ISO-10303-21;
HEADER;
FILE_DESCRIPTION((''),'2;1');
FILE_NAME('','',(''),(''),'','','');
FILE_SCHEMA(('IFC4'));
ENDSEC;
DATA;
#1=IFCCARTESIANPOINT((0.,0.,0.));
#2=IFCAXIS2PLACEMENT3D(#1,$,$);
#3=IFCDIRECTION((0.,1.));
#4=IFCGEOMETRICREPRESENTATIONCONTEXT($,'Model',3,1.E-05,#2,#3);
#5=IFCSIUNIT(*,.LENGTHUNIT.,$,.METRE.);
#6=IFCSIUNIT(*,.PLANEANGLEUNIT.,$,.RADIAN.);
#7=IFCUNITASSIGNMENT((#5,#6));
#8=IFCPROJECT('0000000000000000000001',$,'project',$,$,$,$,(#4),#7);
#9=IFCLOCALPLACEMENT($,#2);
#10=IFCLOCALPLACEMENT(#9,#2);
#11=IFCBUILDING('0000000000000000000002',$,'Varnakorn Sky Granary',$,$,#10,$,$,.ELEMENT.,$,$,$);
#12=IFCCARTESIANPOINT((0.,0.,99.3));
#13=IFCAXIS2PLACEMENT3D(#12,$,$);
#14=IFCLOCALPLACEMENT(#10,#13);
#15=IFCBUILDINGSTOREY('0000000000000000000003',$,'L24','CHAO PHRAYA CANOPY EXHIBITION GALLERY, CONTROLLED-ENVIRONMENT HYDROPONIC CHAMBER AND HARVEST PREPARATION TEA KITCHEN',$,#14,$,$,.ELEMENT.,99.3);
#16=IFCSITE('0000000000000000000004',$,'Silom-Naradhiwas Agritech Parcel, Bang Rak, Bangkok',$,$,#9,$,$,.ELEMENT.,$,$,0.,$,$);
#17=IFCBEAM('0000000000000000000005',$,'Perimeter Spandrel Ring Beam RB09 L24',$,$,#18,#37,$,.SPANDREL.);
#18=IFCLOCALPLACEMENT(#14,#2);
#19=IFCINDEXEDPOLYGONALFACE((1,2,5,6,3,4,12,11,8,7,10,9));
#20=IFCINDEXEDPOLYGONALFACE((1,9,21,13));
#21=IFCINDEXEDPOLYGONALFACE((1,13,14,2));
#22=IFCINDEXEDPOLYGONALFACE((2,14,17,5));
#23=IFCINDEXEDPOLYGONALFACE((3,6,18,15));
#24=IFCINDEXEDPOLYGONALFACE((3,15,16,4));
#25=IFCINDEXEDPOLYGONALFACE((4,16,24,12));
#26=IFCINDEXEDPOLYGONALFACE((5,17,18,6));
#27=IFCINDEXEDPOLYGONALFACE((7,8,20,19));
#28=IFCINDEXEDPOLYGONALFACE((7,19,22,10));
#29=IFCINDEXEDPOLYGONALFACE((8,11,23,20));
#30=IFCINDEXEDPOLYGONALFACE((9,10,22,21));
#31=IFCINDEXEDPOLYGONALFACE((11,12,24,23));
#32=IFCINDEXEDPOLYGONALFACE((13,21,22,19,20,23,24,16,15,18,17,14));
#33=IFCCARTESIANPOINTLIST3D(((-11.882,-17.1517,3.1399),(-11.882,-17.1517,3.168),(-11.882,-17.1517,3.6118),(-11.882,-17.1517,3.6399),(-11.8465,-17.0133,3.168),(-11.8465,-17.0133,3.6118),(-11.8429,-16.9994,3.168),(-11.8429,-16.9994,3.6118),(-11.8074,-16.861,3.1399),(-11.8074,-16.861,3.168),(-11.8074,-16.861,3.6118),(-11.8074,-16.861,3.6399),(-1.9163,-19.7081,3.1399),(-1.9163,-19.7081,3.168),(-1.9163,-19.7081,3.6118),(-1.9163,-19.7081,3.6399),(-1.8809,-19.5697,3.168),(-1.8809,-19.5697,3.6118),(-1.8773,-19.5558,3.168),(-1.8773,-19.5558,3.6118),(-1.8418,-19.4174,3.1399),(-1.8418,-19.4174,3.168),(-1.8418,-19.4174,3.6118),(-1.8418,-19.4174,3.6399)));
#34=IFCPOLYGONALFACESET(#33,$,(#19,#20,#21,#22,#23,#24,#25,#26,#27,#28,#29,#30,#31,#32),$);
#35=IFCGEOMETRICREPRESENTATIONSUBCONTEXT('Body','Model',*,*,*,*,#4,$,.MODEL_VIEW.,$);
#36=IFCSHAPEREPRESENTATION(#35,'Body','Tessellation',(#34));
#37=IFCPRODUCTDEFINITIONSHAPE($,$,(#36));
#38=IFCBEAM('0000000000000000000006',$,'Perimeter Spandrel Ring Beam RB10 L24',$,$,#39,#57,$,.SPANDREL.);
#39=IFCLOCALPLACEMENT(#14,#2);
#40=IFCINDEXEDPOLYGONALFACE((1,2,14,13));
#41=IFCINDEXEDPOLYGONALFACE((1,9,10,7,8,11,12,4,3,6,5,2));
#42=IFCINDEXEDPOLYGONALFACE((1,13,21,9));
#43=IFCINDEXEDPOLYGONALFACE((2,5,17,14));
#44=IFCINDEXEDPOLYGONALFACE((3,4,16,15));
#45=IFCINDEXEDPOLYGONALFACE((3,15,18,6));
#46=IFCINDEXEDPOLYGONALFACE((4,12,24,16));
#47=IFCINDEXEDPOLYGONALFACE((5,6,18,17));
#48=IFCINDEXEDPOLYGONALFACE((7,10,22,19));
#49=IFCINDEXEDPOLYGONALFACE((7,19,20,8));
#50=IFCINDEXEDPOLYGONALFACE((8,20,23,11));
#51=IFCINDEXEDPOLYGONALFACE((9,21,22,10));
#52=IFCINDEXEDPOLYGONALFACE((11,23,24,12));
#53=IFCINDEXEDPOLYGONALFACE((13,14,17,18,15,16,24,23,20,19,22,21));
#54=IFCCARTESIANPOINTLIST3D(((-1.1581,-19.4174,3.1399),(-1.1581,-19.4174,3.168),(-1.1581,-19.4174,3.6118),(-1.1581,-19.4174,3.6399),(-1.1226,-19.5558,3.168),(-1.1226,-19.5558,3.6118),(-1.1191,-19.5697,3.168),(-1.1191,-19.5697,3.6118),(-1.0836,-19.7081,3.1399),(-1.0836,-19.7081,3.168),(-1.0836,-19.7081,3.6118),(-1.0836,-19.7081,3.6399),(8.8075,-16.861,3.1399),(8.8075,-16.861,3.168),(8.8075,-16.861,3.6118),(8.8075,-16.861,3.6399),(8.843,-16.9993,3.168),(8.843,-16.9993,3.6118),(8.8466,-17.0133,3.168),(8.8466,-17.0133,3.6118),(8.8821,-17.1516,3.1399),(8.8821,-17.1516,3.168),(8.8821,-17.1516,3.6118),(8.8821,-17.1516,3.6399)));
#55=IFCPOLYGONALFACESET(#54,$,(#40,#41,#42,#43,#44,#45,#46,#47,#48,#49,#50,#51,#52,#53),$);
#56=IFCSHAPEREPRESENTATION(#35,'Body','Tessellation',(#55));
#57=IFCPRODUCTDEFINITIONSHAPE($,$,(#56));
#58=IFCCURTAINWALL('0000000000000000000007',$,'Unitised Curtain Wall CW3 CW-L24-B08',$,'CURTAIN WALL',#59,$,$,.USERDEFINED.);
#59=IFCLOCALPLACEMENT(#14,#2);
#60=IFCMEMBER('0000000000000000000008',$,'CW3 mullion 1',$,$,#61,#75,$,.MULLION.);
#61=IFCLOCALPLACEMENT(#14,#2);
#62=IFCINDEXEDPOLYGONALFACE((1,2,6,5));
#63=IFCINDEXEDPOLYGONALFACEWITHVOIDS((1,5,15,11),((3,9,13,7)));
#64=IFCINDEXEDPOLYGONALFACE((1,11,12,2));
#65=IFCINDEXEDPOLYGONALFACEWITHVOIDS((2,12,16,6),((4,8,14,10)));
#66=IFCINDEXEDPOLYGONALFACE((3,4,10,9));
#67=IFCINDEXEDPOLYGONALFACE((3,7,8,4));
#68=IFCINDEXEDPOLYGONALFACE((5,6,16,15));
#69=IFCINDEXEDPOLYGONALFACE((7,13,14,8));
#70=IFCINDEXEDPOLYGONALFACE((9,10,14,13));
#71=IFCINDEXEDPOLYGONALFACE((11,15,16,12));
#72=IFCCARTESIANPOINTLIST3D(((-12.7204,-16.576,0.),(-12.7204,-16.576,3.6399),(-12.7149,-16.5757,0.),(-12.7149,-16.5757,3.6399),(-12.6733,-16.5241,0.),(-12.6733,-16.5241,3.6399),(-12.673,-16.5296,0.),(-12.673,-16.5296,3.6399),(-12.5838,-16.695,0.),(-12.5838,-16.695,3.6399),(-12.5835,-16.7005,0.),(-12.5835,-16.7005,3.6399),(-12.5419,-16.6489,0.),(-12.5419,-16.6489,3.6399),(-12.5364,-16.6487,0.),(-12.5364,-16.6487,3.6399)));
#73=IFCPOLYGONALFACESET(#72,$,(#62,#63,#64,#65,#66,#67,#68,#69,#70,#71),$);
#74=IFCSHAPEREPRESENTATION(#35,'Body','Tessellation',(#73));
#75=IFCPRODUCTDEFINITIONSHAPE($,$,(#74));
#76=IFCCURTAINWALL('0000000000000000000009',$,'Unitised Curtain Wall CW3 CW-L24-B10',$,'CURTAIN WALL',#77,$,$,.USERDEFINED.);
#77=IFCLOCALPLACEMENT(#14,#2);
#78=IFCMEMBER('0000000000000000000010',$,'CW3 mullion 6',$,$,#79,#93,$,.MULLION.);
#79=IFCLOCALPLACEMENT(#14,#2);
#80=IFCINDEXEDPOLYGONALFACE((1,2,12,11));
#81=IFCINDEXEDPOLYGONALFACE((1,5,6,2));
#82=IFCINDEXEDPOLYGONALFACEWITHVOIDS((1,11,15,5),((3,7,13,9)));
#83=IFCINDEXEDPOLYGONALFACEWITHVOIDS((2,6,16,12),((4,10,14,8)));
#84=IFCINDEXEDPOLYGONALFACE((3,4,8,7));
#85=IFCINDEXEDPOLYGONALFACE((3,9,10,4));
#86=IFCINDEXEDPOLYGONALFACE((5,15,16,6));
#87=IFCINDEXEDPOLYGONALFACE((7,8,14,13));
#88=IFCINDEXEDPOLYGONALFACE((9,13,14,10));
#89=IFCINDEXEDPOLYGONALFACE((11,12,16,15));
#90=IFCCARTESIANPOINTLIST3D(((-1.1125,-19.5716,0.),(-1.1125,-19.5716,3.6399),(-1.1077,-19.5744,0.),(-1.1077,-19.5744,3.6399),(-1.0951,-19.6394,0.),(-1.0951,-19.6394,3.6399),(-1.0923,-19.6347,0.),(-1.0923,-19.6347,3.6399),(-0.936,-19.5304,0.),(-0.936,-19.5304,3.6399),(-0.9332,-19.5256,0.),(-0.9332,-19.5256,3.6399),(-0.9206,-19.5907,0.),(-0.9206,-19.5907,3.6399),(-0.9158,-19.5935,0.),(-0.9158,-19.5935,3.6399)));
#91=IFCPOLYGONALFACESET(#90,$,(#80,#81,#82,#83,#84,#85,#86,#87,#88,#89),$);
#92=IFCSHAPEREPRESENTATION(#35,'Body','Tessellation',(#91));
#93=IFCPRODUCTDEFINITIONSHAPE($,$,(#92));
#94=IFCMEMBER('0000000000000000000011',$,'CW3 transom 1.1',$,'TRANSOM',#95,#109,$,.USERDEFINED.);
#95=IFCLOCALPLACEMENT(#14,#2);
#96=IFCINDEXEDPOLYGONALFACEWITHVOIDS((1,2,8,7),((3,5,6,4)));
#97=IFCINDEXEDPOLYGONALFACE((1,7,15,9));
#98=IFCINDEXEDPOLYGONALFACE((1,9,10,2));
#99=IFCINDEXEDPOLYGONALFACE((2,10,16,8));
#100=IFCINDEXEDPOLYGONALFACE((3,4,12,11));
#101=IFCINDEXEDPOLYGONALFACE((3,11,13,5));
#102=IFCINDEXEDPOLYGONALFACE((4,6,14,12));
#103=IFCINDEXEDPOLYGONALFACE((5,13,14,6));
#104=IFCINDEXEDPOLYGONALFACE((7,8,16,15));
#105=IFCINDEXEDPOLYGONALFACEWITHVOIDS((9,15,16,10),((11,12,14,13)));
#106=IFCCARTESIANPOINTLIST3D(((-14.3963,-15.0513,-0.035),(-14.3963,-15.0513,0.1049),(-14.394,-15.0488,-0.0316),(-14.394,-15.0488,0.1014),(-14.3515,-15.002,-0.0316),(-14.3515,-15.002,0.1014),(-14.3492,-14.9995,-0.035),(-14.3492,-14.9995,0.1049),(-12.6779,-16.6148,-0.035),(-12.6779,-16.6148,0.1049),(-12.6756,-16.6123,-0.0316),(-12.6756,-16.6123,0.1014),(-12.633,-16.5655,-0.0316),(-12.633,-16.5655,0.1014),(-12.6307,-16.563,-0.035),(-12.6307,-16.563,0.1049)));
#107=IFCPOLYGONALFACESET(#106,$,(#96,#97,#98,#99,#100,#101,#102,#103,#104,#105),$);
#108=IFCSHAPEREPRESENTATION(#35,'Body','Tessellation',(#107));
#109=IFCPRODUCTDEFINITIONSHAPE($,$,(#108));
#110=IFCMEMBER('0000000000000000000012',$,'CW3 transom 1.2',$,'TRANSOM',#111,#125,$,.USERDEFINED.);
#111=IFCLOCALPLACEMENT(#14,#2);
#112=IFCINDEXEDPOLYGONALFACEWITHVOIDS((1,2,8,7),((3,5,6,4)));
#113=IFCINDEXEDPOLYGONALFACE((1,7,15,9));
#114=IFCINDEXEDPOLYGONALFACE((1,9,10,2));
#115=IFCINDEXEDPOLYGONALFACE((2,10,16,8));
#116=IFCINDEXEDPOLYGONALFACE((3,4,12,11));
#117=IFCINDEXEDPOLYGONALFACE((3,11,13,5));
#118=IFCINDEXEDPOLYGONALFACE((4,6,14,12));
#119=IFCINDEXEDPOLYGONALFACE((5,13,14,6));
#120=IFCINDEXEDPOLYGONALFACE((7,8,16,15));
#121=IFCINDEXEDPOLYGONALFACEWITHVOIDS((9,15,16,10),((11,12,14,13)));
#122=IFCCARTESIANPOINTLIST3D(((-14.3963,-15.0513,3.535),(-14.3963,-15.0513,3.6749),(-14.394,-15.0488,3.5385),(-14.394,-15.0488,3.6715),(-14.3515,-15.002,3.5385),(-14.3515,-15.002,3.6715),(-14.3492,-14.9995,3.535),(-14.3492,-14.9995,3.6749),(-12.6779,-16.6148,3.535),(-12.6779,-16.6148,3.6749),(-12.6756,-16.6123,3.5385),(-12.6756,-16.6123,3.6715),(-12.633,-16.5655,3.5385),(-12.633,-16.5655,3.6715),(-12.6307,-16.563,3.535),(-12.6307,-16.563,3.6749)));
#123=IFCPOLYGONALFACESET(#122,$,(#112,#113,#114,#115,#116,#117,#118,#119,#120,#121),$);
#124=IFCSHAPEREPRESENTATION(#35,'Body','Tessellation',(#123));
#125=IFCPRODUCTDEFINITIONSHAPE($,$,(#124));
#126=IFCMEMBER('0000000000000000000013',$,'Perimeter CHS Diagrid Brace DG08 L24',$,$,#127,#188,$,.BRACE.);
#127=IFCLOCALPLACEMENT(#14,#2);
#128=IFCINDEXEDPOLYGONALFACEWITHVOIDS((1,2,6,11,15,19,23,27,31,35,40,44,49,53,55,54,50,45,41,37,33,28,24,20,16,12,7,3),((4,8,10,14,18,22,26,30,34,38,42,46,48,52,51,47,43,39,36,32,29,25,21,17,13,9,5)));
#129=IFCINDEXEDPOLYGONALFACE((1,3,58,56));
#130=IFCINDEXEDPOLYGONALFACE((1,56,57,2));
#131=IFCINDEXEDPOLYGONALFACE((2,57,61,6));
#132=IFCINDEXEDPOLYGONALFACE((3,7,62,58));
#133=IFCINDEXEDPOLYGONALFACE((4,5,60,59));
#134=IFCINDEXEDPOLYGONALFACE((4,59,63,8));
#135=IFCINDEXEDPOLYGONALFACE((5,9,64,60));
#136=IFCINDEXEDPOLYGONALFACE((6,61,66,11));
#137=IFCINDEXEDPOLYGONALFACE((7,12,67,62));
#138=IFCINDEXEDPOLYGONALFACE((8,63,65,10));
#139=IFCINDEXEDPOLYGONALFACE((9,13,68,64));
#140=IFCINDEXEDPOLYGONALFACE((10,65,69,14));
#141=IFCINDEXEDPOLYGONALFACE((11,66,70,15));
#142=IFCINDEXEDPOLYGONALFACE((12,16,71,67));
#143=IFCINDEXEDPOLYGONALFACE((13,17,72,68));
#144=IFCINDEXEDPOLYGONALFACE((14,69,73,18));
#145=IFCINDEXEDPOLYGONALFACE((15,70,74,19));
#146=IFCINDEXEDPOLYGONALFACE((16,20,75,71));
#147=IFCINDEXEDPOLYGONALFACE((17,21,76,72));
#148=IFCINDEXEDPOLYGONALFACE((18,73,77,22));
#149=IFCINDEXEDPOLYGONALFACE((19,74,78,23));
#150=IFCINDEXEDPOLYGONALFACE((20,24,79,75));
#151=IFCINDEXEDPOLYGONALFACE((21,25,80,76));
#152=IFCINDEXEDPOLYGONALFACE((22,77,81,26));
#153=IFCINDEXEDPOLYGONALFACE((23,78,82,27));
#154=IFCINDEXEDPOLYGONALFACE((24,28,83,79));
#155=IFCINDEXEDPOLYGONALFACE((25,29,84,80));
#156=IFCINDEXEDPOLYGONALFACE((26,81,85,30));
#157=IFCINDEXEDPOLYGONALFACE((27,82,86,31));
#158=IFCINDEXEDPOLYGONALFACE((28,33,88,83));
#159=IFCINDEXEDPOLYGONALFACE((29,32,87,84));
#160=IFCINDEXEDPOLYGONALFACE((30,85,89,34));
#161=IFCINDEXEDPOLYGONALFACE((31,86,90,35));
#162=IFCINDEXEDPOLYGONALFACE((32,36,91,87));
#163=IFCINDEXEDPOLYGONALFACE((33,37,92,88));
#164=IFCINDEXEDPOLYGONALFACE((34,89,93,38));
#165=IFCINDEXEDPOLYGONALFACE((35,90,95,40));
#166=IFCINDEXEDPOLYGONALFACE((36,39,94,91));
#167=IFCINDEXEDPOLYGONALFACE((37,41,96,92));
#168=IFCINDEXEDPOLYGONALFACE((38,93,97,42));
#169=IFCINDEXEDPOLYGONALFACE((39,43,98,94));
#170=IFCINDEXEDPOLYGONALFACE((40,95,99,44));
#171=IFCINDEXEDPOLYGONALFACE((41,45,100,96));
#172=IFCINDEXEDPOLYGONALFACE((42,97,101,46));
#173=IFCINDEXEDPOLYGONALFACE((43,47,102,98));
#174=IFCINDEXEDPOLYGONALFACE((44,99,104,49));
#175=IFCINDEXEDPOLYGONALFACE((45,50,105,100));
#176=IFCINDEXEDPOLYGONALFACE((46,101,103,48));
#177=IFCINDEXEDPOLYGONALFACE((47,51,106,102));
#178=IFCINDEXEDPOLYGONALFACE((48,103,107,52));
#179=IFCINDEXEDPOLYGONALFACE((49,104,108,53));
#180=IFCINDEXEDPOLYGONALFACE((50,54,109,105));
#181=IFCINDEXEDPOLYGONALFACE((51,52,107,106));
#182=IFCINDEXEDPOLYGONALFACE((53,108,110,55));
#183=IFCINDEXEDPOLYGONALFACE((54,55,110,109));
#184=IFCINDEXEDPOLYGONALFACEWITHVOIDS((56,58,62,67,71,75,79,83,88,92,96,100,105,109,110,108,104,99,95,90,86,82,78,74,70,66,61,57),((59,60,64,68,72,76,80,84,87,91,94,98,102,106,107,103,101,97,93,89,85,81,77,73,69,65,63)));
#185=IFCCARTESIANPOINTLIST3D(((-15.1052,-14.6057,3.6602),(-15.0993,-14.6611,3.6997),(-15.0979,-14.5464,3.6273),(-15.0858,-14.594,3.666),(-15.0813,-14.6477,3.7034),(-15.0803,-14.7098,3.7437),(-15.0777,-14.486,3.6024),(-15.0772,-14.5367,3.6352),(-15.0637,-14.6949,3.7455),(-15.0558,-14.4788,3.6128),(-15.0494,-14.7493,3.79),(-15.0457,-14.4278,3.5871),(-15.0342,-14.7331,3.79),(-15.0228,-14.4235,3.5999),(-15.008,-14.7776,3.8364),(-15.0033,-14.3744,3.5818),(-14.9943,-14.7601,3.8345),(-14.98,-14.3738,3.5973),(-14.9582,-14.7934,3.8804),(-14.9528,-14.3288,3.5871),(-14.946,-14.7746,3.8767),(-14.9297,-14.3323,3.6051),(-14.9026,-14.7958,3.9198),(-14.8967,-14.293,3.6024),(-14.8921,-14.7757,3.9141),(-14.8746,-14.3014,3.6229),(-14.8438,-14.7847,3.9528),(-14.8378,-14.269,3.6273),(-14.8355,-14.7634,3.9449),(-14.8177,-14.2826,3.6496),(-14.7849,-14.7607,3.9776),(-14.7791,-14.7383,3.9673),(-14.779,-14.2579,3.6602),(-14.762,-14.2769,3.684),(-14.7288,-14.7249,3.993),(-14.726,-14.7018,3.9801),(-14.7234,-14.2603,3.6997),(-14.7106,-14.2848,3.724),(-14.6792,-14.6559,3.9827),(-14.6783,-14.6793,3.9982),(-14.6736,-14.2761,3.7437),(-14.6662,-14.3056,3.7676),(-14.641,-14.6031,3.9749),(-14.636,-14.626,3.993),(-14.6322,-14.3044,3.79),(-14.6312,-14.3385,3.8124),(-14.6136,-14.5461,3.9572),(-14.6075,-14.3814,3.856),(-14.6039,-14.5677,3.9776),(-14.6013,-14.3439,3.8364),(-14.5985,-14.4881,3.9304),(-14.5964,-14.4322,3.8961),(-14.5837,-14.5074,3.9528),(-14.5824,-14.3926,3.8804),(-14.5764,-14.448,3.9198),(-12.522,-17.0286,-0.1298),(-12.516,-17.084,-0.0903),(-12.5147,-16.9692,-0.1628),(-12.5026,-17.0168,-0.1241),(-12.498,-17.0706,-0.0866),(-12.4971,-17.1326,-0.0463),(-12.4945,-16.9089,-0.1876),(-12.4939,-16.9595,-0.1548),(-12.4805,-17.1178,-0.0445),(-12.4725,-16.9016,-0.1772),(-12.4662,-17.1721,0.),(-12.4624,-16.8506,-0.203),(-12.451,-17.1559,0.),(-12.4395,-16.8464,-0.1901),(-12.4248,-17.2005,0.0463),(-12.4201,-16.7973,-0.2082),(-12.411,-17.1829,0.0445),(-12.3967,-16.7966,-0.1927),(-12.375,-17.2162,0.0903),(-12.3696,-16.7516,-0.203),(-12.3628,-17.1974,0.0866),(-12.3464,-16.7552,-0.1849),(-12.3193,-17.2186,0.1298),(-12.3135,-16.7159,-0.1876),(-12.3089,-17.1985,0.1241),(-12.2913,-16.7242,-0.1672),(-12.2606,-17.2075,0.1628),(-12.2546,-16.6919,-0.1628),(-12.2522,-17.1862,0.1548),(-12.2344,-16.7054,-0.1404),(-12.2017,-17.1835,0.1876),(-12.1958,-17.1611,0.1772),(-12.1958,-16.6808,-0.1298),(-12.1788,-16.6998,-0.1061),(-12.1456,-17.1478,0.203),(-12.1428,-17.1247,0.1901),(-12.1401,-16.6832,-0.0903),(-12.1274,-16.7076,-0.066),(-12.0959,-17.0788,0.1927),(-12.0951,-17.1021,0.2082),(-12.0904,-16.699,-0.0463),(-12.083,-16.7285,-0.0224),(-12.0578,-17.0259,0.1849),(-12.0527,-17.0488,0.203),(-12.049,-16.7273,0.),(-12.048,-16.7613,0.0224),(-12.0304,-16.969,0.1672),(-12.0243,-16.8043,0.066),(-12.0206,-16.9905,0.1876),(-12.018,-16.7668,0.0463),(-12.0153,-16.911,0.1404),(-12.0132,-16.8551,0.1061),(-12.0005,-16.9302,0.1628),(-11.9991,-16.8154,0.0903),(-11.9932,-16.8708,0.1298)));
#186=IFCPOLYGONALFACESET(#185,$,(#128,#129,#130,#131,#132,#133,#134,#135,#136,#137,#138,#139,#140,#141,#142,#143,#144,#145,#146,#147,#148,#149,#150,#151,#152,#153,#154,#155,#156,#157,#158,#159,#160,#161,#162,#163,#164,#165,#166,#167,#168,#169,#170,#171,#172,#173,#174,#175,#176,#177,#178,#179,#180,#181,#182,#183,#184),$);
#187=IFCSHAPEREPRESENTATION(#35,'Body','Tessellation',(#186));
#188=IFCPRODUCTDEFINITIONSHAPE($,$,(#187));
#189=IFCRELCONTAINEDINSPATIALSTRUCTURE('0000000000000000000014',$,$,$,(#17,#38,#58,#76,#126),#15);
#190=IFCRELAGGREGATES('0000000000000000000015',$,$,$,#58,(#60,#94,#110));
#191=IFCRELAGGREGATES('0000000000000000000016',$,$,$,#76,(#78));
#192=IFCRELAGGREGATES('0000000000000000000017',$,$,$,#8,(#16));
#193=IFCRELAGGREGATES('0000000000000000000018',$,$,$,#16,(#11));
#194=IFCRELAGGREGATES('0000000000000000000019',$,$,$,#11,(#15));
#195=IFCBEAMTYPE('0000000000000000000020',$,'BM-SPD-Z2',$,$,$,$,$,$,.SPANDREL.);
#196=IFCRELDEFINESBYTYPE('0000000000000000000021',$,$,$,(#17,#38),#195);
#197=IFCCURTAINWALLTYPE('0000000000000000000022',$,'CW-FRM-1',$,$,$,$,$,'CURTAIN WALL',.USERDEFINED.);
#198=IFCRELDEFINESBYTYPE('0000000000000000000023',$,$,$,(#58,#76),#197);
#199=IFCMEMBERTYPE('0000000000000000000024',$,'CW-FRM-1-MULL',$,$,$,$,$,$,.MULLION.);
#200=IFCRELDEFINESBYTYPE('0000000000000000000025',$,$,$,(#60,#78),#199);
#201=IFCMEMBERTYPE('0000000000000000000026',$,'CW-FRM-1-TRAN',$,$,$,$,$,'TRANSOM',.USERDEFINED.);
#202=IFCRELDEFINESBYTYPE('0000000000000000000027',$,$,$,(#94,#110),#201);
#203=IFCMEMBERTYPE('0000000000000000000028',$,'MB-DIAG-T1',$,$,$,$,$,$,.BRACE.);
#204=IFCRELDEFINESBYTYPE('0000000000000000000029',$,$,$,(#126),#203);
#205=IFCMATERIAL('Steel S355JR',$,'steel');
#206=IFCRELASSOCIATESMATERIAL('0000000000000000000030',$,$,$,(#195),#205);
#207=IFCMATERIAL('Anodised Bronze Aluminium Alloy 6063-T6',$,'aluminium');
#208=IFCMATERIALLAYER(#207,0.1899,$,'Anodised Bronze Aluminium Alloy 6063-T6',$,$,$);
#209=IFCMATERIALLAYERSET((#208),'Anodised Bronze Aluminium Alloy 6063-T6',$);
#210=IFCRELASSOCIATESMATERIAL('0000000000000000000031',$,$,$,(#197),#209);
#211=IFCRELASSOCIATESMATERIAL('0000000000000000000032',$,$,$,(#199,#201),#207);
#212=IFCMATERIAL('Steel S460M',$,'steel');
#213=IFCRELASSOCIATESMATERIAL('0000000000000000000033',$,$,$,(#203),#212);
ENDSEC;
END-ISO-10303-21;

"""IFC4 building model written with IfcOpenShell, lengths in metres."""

from ifc_helpers import new_model, si_unit, direction, frame, origin, origin_2d, place, context, subcontext, project, spatial, hollow_rectangle, hollow_circle, i_section, extrude, material, layer, layer_set, material_profile, profile_set, type_object, element, aggregate, save


model = new_model("IFC4")

# Units and contexts
model_context = context("Model", 3, precision=1e-05, world=origin(), true_north=direction((0.0, 1.0)))
body_context = subcontext(model_context, "Body", "Model", "MODEL_VIEW")
ifc_project = project(units=[si_unit("LENGTHUNIT", "METRE"), si_unit("PLANEANGLEUNIT", "RADIAN")], contexts=[model_context])

# Site, building, storey
site_placement = place(None, origin())
site = spatial("IfcSite", under=ifc_project, at=site_placement, Name="Silom-Naradhiwas Agritech Parcel, Bang Rak, Bangkok", CompositionType="ELEMENT", RefElevation=0.0)
building_placement = place(site_placement, origin())
building = spatial("IfcBuilding", under=site, at=building_placement, Name="Varnakorn Sky Granary", CompositionType="ELEMENT")
storey_placement = place(building_placement, frame((0.0, 0.0, 99.3)))
storey = spatial("IfcBuildingStorey", under=building, at=storey_placement, Name="L24", Description="CHAO PHRAYA CANOPY EXHIBITION GALLERY, CONTROLLED-ENVIRONMENT HYDROPONIC CHAMBER AND HARVEST PREPARATION TEA KITCHEN", CompositionType="ELEMENT", Elevation=99.3)

# Shared definitions
ifc_material_1 = material(Name="Steel S460M", Category="steel")

# Beams
ifc_material_2 = material(Name="Steel S355JR", Category="steel")
ifc_material_profile_1 = material_profile(ifc_material_2, i_section(OverallWidth=0.3, OverallDepth=0.5, WebThickness=0.0144, FlangeThickness=0.0281, at=origin_2d()), Name="HE 500 B")
ifc_profile_set_1 = profile_set([ifc_material_profile_1], Name="Steel S355JR")
beam_type_1 = type_object("IfcBeamType", Name="BM-SPD-Z2", PredefinedType="SPANDREL", material=ifc_profile_set_1)
for number, where, z_axis, x_axis, name in (
    (1, (-11.8447, -17.0063, 3.3899), (0.968638, -0.248478, 0.0), (0.248478, 0.968638, 0.0), "Perimeter Spandrel Ring Beam RB09 L24"),
    (2, (-1.1208, -19.5627, 3.3899), (0.968638, 0.248478, 0.0), (-0.248478, 0.968638, 0.0), "Perimeter Spandrel Ring Beam RB10 L24"),
):
    element("IfcBeam", number, at=place(storey_placement, frame(where, z_axis=z_axis, x_axis=x_axis)), inside=storey, type_object=beam_type_1, Name=name, PredefinedType="SPANDREL", context=body_context, shape_type="SweptSolid", body=[
        extrude(i_section(OverallWidth=0.3, OverallDepth=0.5, WebThickness=0.0144, FlangeThickness=0.0281, at=origin_2d()), origin(), (0.0, 0.0, 1.0), 10.2883),
    ])

# Curtain walls, members
ifc_material_3 = material(Name="Anodised Bronze Aluminium Alloy 6063-T6", Category="aluminium")
ifc_layer_1 = layer(ifc_material_3, 0.1899, Name="Anodised Bronze Aluminium Alloy 6063-T6")
ifc_layer_set_1 = layer_set([ifc_layer_1], Name="Anodised Bronze Aluminium Alloy 6063-T6")
curtain_wall_type = type_object("IfcCurtainWallType", Name="CW-FRM-1", ElementType="CURTAIN WALL", PredefinedType="USERDEFINED", material=ifc_layer_set_1)
curtain_wall_1_placement = place(storey_placement, origin())
curtain_wall_1 = element("IfcCurtainWall", 3, at=curtain_wall_1_placement, inside=storey, type_object=curtain_wall_type, Name="Unitised Curtain Wall CW3 CW-L24-B08", ObjectType="CURTAIN WALL", PredefinedType="USERDEFINED")
ifc_material_profile_2 = material_profile(ifc_material_3, hollow_rectangle(XDim=0.0701, YDim=0.1851, WallThickness=0.0039, at=origin_2d()), Name="ALU MULL 70x185")
ifc_profile_set_2 = profile_set([ifc_material_profile_2], Name="Anodised Bronze Aluminium Alloy 6063-T6")
member_type_1 = type_object("IfcMemberType", Name="CW-FRM-1-MULL", PredefinedType="MULLION", material=ifc_profile_set_2)
member_1_placement = place(storey_placement, frame((-12.6284, -16.6123, 0.0), z_axis=(0.0, 0.0, 1.0), x_axis=(-0.672919, -0.739716, 0.0)))
member_1 = element("IfcMember", 4, at=member_1_placement, type_object=member_type_1, Name="CW3 mullion 1", PredefinedType="MULLION", context=body_context, shape_type="SweptSolid", body=[
    extrude(hollow_rectangle(XDim=0.0701, YDim=0.1851, WallThickness=0.0039, at=origin_2d()), origin(), (0.0, 0.0, 1.0), 3.6399),
])
curtain_wall_2_placement = place(storey_placement, origin())
curtain_wall_2 = element("IfcCurtainWall", 5, at=curtain_wall_2_placement, inside=storey, type_object=curtain_wall_type, Name="Unitised Curtain Wall CW3 CW-L24-B10", ObjectType="CURTAIN WALL", PredefinedType="USERDEFINED")
member_2_placement = place(storey_placement, frame((-1.0142, -19.5825, 0.0), z_axis=(0.0, 0.0, 1.0), x_axis=(0.248284, -0.968687, 0.0)))
member_2 = element("IfcMember", 6, at=member_2_placement, type_object=member_type_1, Name="CW3 mullion 6", PredefinedType="MULLION", context=body_context, shape_type="SweptSolid", body=[
    extrude(hollow_rectangle(XDim=0.0701, YDim=0.1851, WallThickness=0.0039, at=origin_2d()), origin(), (0.0, 0.0, 1.0), 3.6399),
])

# Members
ifc_material_profile_3 = material_profile(ifc_material_3, hollow_rectangle(XDim=0.0701, YDim=0.1399, WallThickness=0.0034, at=origin_2d()), Name="ALU TRAN 70x140")
ifc_profile_set_3 = profile_set([ifc_material_profile_3], Name="Anodised Bronze Aluminium Alloy 6063-T6")
member_type_2 = type_object("IfcMemberType", Name="CW-FRM-1-TRAN", ElementType="TRANSOM", PredefinedType="USERDEFINED", material=ifc_profile_set_3)
member_3_placement = place(storey_placement, frame((-12.6543, -16.5889, 0.0349), z_axis=(-0.739683, 0.672955, 0.0), x_axis=(-0.672955, -0.739683, 0.0)))
member_3 = element("IfcMember", 7, at=member_3_placement, type_object=member_type_2, Name="CW3 transom 1.1", ObjectType="TRANSOM", PredefinedType="USERDEFINED", context=body_context, shape_type="SweptSolid", body=[
    extrude(hollow_rectangle(XDim=0.0701, YDim=0.1399, WallThickness=0.0034, at=origin_2d()), origin(), (0.0, 0.0, 1.0), 2.3232),
])
member_4_placement = place(storey_placement, frame((-12.6543, -16.5889, 3.605), z_axis=(-0.739683, 0.672955, 0.0), x_axis=(-0.672955, -0.739683, 0.0)))
member_4 = element("IfcMember", 8, at=member_4_placement, type_object=member_type_2, Name="CW3 transom 1.2", ObjectType="TRANSOM", PredefinedType="USERDEFINED", context=body_context, shape_type="SweptSolid", body=[
    extrude(hollow_rectangle(XDim=0.0701, YDim=0.1399, WallThickness=0.0034, at=origin_2d()), origin(), (0.0, 0.0, 1.0), 2.3232),
])
aggregate(curtain_wall_1, [member_1, member_3, member_4])

# Member
ifc_material_profile_4 = material_profile(ifc_material_1, hollow_circle(Radius=0.3049, WallThickness=0.0222, at=origin_2d()), Name="CHS 610x22")
ifc_profile_set_4 = profile_set([ifc_material_profile_4], Name="Steel S460M")
member_type_3 = type_object("IfcMemberType", Name="MB-DIAG-T1", PredefinedType="BRACE", material=ifc_profile_set_4)
member_5_placement = place(storey_placement, frame((-12.2576, -16.9497, 0.0), z_axis=(-0.497998, 0.467076, 0.730642), x_axis=(-0.684099, -0.729389, 0.0)))
element("IfcMember", 9, at=member_5_placement, inside=storey, type_object=member_type_3, Name="Perimeter CHS Diagrid Brace DG08 L24", PredefinedType="BRACE", context=body_context, shape_type="SweptSolid", body=[
    extrude(hollow_circle(Radius=0.3049, WallThickness=0.0222, at=origin_2d()), origin(), (0.0, 0.0, 1.0), 5.1873),
])

aggregate(curtain_wall_2, [member_2])

save(model, "model.ifc")
